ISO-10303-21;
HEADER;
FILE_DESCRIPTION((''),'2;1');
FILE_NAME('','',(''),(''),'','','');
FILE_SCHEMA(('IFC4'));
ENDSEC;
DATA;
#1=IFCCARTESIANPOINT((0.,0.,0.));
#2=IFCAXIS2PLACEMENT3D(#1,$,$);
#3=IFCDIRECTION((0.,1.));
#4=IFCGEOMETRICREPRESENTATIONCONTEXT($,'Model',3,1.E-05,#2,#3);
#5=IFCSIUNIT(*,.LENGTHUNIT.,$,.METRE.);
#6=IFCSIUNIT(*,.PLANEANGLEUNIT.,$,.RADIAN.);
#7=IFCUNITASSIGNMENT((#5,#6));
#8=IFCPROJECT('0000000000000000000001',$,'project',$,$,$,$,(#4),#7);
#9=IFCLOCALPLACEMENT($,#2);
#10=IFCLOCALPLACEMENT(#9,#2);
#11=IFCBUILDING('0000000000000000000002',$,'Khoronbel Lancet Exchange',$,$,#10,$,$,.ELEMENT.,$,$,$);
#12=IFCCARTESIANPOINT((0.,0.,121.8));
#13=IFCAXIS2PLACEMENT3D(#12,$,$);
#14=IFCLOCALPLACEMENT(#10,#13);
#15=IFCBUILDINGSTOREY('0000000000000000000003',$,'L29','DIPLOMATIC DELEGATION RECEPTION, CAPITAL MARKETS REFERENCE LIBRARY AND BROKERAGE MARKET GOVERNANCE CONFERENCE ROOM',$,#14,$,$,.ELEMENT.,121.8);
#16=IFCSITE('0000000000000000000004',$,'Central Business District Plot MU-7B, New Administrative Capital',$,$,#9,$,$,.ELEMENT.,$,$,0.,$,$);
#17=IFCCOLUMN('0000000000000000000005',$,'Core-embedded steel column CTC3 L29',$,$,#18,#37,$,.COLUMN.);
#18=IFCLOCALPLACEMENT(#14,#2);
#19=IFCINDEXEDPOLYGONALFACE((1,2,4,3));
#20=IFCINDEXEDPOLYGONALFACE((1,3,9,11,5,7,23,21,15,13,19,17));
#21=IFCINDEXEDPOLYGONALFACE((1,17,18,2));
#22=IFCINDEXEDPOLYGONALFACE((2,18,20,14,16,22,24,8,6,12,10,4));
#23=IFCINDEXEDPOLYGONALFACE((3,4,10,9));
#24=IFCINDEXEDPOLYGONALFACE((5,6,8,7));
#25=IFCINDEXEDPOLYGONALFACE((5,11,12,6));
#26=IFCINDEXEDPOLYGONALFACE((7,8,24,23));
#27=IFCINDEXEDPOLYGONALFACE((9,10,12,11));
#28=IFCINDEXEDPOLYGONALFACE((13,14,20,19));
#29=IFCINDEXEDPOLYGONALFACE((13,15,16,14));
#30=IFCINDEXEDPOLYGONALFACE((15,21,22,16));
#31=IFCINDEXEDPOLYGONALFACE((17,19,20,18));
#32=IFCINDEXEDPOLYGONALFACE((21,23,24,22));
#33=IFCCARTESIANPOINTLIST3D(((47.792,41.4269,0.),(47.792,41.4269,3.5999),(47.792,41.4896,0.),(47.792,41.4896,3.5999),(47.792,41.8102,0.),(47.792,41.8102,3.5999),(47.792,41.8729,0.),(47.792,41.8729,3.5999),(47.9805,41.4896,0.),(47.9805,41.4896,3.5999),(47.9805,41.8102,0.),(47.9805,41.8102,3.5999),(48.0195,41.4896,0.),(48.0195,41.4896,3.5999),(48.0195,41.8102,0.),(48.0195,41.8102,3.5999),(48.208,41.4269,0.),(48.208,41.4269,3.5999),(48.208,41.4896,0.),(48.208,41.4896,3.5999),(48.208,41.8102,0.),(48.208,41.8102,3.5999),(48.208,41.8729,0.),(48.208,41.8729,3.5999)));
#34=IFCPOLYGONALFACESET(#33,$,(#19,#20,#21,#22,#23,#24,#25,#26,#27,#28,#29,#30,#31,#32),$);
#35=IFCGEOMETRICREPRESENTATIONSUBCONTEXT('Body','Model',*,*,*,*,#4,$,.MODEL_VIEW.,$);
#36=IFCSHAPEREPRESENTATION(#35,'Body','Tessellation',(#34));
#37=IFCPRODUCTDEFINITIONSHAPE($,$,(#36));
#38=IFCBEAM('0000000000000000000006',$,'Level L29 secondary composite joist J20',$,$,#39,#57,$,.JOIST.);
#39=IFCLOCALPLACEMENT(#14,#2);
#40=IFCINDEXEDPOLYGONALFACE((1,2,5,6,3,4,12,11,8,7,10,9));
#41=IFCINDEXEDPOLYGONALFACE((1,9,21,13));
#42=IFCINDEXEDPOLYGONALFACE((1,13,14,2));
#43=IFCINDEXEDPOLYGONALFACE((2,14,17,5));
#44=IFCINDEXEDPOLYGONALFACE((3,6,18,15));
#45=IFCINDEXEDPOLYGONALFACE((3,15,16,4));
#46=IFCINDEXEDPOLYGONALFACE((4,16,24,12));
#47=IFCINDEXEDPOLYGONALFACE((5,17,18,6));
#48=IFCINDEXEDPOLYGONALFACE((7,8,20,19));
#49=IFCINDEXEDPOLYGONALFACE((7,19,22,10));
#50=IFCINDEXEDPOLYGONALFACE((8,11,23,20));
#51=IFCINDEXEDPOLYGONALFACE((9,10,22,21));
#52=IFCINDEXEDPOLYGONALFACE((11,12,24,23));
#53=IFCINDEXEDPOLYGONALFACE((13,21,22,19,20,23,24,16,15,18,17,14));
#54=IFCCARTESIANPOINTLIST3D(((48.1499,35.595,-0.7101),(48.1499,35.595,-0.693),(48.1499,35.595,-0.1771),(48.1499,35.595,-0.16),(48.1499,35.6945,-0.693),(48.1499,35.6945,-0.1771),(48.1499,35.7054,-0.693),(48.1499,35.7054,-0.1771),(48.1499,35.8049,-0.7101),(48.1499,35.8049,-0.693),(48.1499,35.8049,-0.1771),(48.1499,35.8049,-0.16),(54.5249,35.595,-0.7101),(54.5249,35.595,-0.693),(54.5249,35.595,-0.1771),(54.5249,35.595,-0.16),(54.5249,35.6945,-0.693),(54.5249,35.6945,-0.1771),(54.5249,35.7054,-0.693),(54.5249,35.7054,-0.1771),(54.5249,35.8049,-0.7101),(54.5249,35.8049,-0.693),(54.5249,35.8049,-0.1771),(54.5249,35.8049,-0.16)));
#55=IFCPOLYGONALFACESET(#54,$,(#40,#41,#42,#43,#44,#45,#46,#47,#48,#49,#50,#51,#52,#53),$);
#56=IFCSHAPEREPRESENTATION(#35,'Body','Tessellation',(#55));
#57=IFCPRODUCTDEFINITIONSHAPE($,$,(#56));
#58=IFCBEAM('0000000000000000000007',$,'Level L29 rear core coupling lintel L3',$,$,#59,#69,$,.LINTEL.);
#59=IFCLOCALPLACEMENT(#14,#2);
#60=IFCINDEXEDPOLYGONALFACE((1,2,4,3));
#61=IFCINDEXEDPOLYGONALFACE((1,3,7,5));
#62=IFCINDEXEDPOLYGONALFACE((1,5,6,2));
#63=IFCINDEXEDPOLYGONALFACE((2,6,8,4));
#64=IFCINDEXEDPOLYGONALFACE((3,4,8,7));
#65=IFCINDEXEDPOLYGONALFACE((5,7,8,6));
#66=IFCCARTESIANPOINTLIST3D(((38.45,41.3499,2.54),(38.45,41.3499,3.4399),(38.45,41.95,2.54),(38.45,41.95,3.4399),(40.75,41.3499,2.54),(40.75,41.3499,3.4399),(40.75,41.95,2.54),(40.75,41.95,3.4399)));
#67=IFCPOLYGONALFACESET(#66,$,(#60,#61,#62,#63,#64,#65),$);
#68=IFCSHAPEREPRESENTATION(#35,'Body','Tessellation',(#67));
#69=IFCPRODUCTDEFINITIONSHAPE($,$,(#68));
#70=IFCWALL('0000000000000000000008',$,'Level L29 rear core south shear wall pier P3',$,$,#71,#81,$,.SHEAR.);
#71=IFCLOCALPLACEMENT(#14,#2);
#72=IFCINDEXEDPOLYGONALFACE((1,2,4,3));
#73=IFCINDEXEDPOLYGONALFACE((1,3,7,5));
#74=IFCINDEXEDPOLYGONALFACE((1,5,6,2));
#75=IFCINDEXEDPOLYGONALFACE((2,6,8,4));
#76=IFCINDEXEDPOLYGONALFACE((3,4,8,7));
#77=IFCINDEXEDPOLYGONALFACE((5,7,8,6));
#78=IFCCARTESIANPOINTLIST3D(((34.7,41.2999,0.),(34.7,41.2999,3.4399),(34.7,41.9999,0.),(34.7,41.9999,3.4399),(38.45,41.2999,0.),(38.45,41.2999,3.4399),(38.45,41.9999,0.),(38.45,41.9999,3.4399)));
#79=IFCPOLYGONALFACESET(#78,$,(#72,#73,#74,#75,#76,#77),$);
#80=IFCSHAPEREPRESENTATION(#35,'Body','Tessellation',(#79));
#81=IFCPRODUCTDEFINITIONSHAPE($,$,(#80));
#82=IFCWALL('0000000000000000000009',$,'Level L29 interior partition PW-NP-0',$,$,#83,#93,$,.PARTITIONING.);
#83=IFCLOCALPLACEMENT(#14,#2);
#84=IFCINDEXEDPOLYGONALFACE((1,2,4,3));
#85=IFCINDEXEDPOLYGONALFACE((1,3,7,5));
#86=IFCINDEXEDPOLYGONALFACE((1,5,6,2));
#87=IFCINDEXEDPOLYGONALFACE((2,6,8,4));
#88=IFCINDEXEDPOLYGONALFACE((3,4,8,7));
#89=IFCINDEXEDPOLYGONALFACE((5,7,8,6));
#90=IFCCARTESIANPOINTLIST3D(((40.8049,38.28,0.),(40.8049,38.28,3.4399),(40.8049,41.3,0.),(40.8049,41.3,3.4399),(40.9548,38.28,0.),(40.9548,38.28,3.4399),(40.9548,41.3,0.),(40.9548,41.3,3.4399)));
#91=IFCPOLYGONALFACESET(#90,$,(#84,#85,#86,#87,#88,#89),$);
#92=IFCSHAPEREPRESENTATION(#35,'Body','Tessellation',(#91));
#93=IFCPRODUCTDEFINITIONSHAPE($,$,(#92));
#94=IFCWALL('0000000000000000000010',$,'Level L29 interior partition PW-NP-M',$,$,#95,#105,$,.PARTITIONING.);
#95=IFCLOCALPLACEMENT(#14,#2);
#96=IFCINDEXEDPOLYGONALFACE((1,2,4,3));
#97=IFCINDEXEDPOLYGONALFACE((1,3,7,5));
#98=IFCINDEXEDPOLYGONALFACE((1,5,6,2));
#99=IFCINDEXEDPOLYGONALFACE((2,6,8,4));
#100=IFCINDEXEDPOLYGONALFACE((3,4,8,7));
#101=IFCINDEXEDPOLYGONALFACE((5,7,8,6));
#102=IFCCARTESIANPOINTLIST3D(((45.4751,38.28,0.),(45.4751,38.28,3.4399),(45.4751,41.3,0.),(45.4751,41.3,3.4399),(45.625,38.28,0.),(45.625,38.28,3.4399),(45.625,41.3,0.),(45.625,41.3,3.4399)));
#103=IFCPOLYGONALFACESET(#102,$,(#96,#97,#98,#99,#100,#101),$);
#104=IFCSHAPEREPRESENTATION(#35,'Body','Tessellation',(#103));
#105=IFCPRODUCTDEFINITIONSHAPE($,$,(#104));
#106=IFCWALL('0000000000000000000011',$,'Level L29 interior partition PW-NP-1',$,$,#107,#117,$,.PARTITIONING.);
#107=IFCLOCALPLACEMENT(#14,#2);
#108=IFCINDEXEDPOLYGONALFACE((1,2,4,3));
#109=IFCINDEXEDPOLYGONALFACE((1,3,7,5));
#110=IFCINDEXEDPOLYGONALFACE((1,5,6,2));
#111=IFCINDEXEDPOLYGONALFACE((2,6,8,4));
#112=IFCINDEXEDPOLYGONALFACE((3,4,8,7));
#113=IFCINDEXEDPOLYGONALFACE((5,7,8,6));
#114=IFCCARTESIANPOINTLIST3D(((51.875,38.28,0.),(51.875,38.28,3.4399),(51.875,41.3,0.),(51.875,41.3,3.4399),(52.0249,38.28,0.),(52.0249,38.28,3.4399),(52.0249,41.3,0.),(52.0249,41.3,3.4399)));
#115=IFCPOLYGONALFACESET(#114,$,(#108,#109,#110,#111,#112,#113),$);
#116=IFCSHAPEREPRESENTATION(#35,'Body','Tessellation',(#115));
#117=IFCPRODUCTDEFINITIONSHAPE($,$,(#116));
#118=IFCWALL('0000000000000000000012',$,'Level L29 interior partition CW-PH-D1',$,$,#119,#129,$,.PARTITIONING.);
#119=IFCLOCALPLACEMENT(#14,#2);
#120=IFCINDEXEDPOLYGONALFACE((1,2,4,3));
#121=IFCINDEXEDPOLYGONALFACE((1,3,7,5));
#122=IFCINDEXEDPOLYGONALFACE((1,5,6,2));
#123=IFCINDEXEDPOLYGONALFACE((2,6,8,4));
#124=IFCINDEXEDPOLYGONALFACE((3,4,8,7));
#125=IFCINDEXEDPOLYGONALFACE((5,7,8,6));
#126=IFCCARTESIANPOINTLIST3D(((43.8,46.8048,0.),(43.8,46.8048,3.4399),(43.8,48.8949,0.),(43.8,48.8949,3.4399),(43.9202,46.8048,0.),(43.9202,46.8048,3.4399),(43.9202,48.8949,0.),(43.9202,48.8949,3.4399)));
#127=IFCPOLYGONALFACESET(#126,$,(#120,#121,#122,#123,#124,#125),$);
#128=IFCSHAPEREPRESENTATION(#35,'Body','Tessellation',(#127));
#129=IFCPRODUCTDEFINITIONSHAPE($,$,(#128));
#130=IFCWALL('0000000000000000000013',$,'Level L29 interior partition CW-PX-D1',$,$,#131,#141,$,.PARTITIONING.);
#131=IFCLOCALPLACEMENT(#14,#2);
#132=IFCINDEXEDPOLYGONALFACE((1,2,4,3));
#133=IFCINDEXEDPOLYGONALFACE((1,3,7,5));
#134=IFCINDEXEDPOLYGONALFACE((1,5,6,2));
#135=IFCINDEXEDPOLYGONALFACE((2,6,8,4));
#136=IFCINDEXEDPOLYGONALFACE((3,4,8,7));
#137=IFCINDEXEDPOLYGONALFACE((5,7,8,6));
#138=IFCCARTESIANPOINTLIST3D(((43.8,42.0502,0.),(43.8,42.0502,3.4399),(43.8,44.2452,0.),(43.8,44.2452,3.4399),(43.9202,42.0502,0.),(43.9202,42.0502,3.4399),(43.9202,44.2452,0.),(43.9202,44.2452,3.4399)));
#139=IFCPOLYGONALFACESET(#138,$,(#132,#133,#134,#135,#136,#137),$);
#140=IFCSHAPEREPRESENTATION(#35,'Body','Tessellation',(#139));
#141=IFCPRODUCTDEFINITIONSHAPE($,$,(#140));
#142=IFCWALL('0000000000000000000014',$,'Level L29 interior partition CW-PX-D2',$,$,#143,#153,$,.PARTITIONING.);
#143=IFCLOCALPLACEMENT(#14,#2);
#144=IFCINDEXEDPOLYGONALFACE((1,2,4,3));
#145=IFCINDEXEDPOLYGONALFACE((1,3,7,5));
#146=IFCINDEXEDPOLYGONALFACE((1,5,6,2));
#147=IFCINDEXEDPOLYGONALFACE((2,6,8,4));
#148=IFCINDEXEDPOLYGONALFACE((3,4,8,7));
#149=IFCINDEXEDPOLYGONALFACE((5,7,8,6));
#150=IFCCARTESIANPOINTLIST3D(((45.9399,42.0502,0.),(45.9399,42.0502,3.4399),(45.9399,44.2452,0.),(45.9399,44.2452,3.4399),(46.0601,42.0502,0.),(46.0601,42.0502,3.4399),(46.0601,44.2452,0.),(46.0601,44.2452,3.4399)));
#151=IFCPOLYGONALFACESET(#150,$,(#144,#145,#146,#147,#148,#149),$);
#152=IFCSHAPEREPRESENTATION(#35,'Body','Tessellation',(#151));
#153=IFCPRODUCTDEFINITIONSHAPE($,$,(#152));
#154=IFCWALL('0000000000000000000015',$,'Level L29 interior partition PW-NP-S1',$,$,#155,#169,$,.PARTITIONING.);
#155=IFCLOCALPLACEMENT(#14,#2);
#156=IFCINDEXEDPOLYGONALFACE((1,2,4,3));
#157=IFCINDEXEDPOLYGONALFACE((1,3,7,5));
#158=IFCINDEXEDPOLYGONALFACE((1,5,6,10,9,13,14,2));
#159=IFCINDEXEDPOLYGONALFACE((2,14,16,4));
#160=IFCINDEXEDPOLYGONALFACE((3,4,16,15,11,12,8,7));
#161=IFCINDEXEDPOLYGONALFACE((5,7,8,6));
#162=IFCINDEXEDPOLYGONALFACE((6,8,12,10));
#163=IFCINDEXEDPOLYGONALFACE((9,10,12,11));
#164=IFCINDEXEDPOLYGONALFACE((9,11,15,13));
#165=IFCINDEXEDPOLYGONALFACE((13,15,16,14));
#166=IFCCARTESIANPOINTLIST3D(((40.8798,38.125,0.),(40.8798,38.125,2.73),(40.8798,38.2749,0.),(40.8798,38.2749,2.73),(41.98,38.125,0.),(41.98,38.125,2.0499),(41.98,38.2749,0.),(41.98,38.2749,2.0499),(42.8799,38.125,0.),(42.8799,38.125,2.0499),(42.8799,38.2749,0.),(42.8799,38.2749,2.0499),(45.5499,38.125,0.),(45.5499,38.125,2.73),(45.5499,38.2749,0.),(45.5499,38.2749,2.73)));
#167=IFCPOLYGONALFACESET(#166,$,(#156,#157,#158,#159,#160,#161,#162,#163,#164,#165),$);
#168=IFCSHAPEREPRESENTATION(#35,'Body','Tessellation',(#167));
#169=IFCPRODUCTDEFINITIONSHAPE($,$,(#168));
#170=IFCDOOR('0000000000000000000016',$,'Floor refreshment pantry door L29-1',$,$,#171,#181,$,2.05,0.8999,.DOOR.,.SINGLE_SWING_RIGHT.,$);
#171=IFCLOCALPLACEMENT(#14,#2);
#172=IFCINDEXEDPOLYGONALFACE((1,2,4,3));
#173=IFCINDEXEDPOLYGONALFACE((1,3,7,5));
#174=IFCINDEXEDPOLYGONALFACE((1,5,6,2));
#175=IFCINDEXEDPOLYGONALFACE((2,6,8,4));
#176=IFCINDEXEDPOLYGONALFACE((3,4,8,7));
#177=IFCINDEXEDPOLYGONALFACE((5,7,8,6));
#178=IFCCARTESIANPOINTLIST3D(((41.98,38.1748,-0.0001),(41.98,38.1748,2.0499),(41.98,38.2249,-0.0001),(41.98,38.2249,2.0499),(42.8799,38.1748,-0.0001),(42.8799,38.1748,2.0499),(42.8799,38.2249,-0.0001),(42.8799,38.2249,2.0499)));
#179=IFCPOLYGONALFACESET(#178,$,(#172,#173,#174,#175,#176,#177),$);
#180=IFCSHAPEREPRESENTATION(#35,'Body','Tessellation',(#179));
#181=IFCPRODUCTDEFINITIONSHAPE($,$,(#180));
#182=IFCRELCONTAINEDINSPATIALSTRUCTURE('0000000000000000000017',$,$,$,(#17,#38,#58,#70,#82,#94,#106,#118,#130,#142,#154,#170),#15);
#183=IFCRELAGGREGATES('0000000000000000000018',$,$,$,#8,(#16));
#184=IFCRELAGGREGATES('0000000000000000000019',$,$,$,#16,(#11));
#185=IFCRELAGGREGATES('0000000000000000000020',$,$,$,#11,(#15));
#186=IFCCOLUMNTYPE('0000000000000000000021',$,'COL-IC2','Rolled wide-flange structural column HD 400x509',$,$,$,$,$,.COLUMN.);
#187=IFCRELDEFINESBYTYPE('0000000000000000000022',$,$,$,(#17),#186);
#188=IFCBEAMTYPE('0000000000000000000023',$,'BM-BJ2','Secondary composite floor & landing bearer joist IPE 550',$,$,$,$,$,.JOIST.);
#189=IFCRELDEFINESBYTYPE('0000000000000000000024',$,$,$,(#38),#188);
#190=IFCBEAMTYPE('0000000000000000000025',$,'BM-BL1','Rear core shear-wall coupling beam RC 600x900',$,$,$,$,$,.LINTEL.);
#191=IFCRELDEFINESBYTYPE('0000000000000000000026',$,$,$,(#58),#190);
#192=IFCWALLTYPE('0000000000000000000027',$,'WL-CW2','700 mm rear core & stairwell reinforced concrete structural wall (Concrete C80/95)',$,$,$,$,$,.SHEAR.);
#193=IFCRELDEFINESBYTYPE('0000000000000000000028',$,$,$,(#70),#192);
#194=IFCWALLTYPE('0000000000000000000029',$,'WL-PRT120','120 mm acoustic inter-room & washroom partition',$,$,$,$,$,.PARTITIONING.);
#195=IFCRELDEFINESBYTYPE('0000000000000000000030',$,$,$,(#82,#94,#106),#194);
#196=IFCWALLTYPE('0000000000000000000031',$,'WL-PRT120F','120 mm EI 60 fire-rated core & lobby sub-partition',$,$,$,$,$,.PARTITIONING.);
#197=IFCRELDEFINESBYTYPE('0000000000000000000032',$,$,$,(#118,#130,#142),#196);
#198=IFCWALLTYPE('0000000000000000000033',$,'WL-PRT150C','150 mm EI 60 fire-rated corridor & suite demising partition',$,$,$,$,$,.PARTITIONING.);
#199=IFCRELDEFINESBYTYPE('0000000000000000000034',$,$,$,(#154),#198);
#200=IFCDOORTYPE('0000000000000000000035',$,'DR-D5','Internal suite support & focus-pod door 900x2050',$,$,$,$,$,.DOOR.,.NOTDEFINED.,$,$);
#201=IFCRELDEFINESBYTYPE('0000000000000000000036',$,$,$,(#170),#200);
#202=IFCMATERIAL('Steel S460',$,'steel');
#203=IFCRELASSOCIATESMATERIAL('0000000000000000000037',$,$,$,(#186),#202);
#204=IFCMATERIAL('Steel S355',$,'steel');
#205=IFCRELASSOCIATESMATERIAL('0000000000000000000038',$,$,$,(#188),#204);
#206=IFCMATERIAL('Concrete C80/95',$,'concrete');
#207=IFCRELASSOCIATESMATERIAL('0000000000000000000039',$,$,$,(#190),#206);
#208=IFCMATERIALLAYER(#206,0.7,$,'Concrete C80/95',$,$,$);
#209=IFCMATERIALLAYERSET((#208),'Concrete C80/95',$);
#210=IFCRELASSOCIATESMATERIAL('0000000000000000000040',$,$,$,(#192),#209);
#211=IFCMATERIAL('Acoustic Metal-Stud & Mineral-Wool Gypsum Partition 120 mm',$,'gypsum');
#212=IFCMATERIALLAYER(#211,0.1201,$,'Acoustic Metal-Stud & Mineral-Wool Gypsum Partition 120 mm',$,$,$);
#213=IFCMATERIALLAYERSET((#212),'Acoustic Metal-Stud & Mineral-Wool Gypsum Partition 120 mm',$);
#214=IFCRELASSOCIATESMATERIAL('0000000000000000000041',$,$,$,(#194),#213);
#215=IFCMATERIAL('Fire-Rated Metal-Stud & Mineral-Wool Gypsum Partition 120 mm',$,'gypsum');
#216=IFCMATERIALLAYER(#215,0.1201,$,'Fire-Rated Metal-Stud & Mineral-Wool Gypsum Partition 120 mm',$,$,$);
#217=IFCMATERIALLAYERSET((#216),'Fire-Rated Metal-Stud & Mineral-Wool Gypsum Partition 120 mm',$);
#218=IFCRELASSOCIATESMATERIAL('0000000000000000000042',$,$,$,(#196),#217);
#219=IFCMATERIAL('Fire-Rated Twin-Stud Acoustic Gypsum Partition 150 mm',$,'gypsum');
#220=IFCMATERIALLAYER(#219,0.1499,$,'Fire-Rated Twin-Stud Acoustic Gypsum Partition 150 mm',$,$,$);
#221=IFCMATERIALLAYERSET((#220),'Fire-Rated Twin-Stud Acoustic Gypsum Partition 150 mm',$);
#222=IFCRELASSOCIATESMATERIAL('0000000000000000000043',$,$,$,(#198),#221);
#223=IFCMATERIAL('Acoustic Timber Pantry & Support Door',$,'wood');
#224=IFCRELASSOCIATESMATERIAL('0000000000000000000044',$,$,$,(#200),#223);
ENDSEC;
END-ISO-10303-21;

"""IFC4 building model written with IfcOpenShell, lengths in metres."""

from ifc_helpers import new_model, si_unit, direction, frame, frame_2d, origin, origin_2d, place, context, subcontext, project, spatial, rectangle, i_section, extrude, material, layer, layer_set, material_profile, profile_set, type_object, element, fill, save


model = new_model("IFC4")

# Units and contexts
model_context = context("Model", 3, precision=1e-05, world=origin(), true_north=direction((0.0, 1.0)))
body_context = subcontext(model_context, "Body", "Model", "MODEL_VIEW")
ifc_project = project(units=[si_unit("LENGTHUNIT", "METRE"), si_unit("PLANEANGLEUNIT", "RADIAN")], contexts=[model_context])

# Site, building, storey
site_placement = place(None, origin())
site = spatial("IfcSite", under=ifc_project, at=site_placement, Name="Central Business District Plot MU-7B, New Administrative Capital", CompositionType="ELEMENT", RefElevation=0.0)
building_placement = place(site_placement, origin())
building = spatial("IfcBuilding", under=site, at=building_placement, Name="Khoronbel Lancet Exchange", CompositionType="ELEMENT")
storey_placement = place(building_placement, frame((0.0, 0.0, 121.8)))
storey = spatial("IfcBuildingStorey", under=building, at=storey_placement, Name="L29", Description="DIPLOMATIC DELEGATION RECEPTION, CAPITAL MARKETS REFERENCE LIBRARY AND BROKERAGE MARKET GOVERNANCE CONFERENCE ROOM", CompositionType="ELEMENT", Elevation=121.8)

# Column
ifc_material_1 = material(Name="Steel S460", Category="steel")
ifc_material_profile_1 = material_profile(ifc_material_1, i_section(OverallWidth=0.416, OverallDepth=0.446, WebThickness=0.0391, FlangeThickness=0.0627, at=origin_2d()), Name="HD 400x509")
ifc_profile_set_1 = profile_set([ifc_material_profile_1], Name="Steel S460")
column_type = type_object("IfcColumnType", Name="COL-IC2", Description="Rolled wide-flange structural column HD 400x509", PredefinedType="COLUMN", material=ifc_profile_set_1)
column_placement = place(storey_placement, frame((48.0, 41.6499, 0.0), z_axis=(0.0, 0.0, 1.0), x_axis=(1.0, 0.0, 0.0)))
element("IfcColumn", 1, at=column_placement, inside=storey, type_object=column_type, Name="Core-embedded steel column CTC3 L29", PredefinedType="COLUMN", context=body_context, shape_type="SweptSolid", body=[
    extrude(i_section(OverallWidth=0.416, OverallDepth=0.446, WebThickness=0.0391, FlangeThickness=0.0627, at=origin_2d()), origin(), (0.0, 0.0, 1.0), 3.5999),
])

# Beams
ifc_material_2 = material(Name="Steel S355", Category="steel")
ifc_material_profile_2 = material_profile(ifc_material_2, i_section(OverallWidth=0.21, OverallDepth=0.55, WebThickness=0.011, FlangeThickness=0.0171, at=origin_2d()), Name="IPE 550")
ifc_profile_set_2 = profile_set([ifc_material_profile_2], Name="Steel S355")
beam_type_1 = type_object("IfcBeamType", Name="BM-BJ2", Description="Secondary composite floor & landing bearer joist IPE 550", PredefinedType="JOIST", material=ifc_profile_set_2)
beam_1_placement = place(storey_placement, frame((48.1499, 35.7, -0.4351), z_axis=(1.0, 0.0, 0.0), x_axis=(0.0, 1.0, 0.0)))
element("IfcBeam", 2, at=beam_1_placement, inside=storey, type_object=beam_type_1, Name="Level L29 secondary composite joist J20", PredefinedType="JOIST", context=body_context, shape_type="SweptSolid", body=[
    extrude(i_section(OverallWidth=0.21, OverallDepth=0.55, WebThickness=0.011, FlangeThickness=0.0171, at=origin_2d()), origin(), (0.0, 0.0, 1.0), 6.375),
])
ifc_material_3 = material(Name="Concrete C80/95", Category="concrete")
ifc_material_profile_3 = material_profile(ifc_material_3, rectangle(XDim=0.6001, YDim=0.8999, at=origin_2d()), Name="RC 600x900")
ifc_profile_set_3 = profile_set([ifc_material_profile_3], Name="Concrete C80/95")
beam_type_2 = type_object("IfcBeamType", Name="BM-BL1", Description="Rear core shear-wall coupling beam RC 600x900", PredefinedType="LINTEL", material=ifc_profile_set_3)
beam_2_placement = place(storey_placement, frame((38.45, 41.6499, 2.99), z_axis=(1.0, 0.0, 0.0), x_axis=(0.0, 1.0, 0.0)))
element("IfcBeam", 3, at=beam_2_placement, inside=storey, type_object=beam_type_2, Name="Level L29 rear core coupling lintel L3", PredefinedType="LINTEL", context=body_context, shape_type="SweptSolid", body=[
    extrude(rectangle(XDim=0.6001, YDim=0.8999, at=origin_2d()), origin(), (0.0, 0.0, 1.0), 2.3),
])

# Walls
ifc_layer_1 = layer(ifc_material_3, 0.7, Name="Concrete C80/95")
ifc_layer_set_1 = layer_set([ifc_layer_1], Name="Concrete C80/95")
wall_type_1 = type_object("IfcWallType", Name="WL-CW2", Description="700 mm rear core & stairwell reinforced concrete structural wall (Concrete C80/95)", PredefinedType="SHEAR", material=ifc_layer_set_1)
wall_1_placement = place(storey_placement, frame((38.45, 41.6499, 0.0), z_axis=(0.0, 0.0, 1.0), x_axis=(-1.0, 0.0, 0.0)))
element("IfcWall", 4, at=wall_1_placement, inside=storey, type_object=wall_type_1, Name="Level L29 rear core south shear wall pier P3", PredefinedType="SHEAR", context=body_context, shape_type="SweptSolid", body=[
    extrude(rectangle(XDim=3.75, YDim=0.7, at=frame_2d((1.875, 0.0))), origin(), (0.0, 0.0, 1.0), 3.4399),
])
ifc_material_4 = material(Name="Acoustic Metal-Stud & Mineral-Wool Gypsum Partition 120 mm", Category="gypsum")
ifc_layer_2 = layer(ifc_material_4, 0.1201, Name="Acoustic Metal-Stud & Mineral-Wool Gypsum Partition 120 mm")
ifc_layer_set_2 = layer_set([ifc_layer_2], Name="Acoustic Metal-Stud & Mineral-Wool Gypsum Partition 120 mm")
wall_type_2 = type_object("IfcWallType", Name="WL-PRT120", Description="120 mm acoustic inter-room & washroom partition", PredefinedType="PARTITIONING", material=ifc_layer_set_2)
for number, where, z_axis, x_axis, name in (
    (5, (40.8799, 38.28, 0.0), (0.0, 0.0, 1.0), (0.0, 1.0, 0.0), "Level L29 interior partition PW-NP-0"),
    (6, (45.55, 38.28, 0.0), (0.0, 0.0, 1.0), (0.0, 1.0, 0.0), "Level L29 interior partition PW-NP-M"),
    (7, (51.95, 38.28, 0.0), (0.0, 0.0, 1.0), (0.0, 1.0, 0.0), "Level L29 interior partition PW-NP-1"),
):
    element("IfcWall", number, at=place(storey_placement, frame(where, z_axis=z_axis, x_axis=x_axis)), inside=storey, type_object=wall_type_2, Name=name, PredefinedType="PARTITIONING", context=body_context, shape_type="SweptSolid", body=[
        extrude(rectangle(XDim=3.02, YDim=0.1499, at=frame_2d((1.51, 0.0))), origin(), (0.0, 0.0, 1.0), 3.4399),
    ])
ifc_material_5 = material(Name="Fire-Rated Metal-Stud & Mineral-Wool Gypsum Partition 120 mm", Category="gypsum")
ifc_layer_3 = layer(ifc_material_5, 0.1201, Name="Fire-Rated Metal-Stud & Mineral-Wool Gypsum Partition 120 mm")
ifc_layer_set_3 = layer_set([ifc_layer_3], Name="Fire-Rated Metal-Stud & Mineral-Wool Gypsum Partition 120 mm")
wall_type_3 = type_object("IfcWallType", Name="WL-PRT120F", Description="120 mm EI 60 fire-rated core & lobby sub-partition", PredefinedType="PARTITIONING", material=ifc_layer_set_3)
wall_2_placement = place(storey_placement, frame((43.8601, 46.8049, 0.0), z_axis=(0.0, 0.0, 1.0), x_axis=(0.0, 1.0, 0.0)))
element("IfcWall", 8, at=wall_2_placement, inside=storey, type_object=wall_type_3, Name="Level L29 interior partition CW-PH-D1", PredefinedType="PARTITIONING", context=body_context, shape_type="SweptSolid", body=[
    extrude(rectangle(XDim=2.0901, YDim=0.1201, at=frame_2d((1.0449, 0.0))), origin(), (0.0, 0.0, 1.0), 3.4399),
])
for number, where, z_axis, x_axis, name in (
    (9, (43.8601, 42.05, 0.0), (0.0, 0.0, 1.0), (0.0, 1.0, 0.0), "Level L29 interior partition CW-PX-D1"),
    (10, (46.0, 42.05, 0.0), (0.0, 0.0, 1.0), (0.0, 1.0, 0.0), "Level L29 interior partition CW-PX-D2"),
):
    element("IfcWall", number, at=place(storey_placement, frame(where, z_axis=z_axis, x_axis=x_axis)), inside=storey, type_object=wall_type_3, Name=name, PredefinedType="PARTITIONING", context=body_context, shape_type="SweptSolid", body=[
        extrude(rectangle(XDim=2.1951, YDim=0.1201, at=frame_2d((1.0977, 0.0))), origin(), (0.0, 0.0, 1.0), 3.4399),
    ])

# Wall, opening, door
ifc_material_6 = material(Name="Fire-Rated Twin-Stud Acoustic Gypsum Partition 150 mm", Category="gypsum")
ifc_layer_4 = layer(ifc_material_6, 0.1499, Name="Fire-Rated Twin-Stud Acoustic Gypsum Partition 150 mm")
ifc_layer_set_4 = layer_set([ifc_layer_4], Name="Fire-Rated Twin-Stud Acoustic Gypsum Partition 150 mm")
wall_type_4 = type_object("IfcWallType", Name="WL-PRT150C", Description="150 mm EI 60 fire-rated corridor & suite demising partition", PredefinedType="PARTITIONING", material=ifc_layer_set_4)
wall_3_placement = place(storey_placement, frame((40.8799, 38.2, 0.0), z_axis=(0.0, 0.0, 1.0), x_axis=(1.0, 0.0, 0.0)))
wall_3 = element("IfcWall", 11, at=wall_3_placement, inside=storey, type_object=wall_type_4, Name="Level L29 interior partition PW-NP-S1", PredefinedType="PARTITIONING", context=body_context, shape_type="SweptSolid", body=[
    extrude(rectangle(XDim=4.6702, YDim=0.1499, at=frame_2d((2.335, 0.0))), origin(), (0.0, 0.0, 1.0), 2.73),
])
opening_1_placement = place(wall_3_placement, frame((1.1001, 0.0, 0.0)))
opening_1 = element("IfcOpeningElement", 12, at=opening_1_placement, cuts=wall_3, PredefinedType="OPENING", context=body_context, shape_type="SweptSolid", body=[
    extrude(rectangle(XDim=0.8999, YDim=2.05, at=frame_2d((0.45, 1.0249))), frame((0.0, 0.085, 0.0), z_axis=(0.0, -1.0, 0.0), x_axis=(1.0, 0.0, 0.0)), (0.0, 0.0, 1.0), 0.1699),
])
ifc_material_7 = material(Name="Acoustic Timber Pantry & Support Door", Category="wood")
door_type_1 = type_object("IfcDoorType", Name="DR-D5", Description="Internal suite support & focus-pod door 900x2050", OperationType="NOTDEFINED", PredefinedType="DOOR", material=ifc_material_7)
door_1_placement = place(opening_1_placement, origin())
door_1 = element("IfcDoor", 13, at=door_1_placement, inside=storey, type_object=door_type_1, Name="Floor refreshment pantry door L29-1", OperationType="SINGLE_SWING_RIGHT", OverallHeight=2.05, OverallWidth=0.8999, PredefinedType="DOOR", context=body_context, shape_type="SweptSolid", body=[
    extrude(rectangle(XDim=0.8999, YDim=2.05, at=frame_2d((0.45, 1.0249))), frame((0.0, 0.0249, 0.0), z_axis=(0.0, -1.0, 0.0), x_axis=(1.0, 0.0, 0.0)), (0.0, 0.0, 1.0), 0.05),
])
fill(opening_1, door_1)

save(model, "model.ifc")
